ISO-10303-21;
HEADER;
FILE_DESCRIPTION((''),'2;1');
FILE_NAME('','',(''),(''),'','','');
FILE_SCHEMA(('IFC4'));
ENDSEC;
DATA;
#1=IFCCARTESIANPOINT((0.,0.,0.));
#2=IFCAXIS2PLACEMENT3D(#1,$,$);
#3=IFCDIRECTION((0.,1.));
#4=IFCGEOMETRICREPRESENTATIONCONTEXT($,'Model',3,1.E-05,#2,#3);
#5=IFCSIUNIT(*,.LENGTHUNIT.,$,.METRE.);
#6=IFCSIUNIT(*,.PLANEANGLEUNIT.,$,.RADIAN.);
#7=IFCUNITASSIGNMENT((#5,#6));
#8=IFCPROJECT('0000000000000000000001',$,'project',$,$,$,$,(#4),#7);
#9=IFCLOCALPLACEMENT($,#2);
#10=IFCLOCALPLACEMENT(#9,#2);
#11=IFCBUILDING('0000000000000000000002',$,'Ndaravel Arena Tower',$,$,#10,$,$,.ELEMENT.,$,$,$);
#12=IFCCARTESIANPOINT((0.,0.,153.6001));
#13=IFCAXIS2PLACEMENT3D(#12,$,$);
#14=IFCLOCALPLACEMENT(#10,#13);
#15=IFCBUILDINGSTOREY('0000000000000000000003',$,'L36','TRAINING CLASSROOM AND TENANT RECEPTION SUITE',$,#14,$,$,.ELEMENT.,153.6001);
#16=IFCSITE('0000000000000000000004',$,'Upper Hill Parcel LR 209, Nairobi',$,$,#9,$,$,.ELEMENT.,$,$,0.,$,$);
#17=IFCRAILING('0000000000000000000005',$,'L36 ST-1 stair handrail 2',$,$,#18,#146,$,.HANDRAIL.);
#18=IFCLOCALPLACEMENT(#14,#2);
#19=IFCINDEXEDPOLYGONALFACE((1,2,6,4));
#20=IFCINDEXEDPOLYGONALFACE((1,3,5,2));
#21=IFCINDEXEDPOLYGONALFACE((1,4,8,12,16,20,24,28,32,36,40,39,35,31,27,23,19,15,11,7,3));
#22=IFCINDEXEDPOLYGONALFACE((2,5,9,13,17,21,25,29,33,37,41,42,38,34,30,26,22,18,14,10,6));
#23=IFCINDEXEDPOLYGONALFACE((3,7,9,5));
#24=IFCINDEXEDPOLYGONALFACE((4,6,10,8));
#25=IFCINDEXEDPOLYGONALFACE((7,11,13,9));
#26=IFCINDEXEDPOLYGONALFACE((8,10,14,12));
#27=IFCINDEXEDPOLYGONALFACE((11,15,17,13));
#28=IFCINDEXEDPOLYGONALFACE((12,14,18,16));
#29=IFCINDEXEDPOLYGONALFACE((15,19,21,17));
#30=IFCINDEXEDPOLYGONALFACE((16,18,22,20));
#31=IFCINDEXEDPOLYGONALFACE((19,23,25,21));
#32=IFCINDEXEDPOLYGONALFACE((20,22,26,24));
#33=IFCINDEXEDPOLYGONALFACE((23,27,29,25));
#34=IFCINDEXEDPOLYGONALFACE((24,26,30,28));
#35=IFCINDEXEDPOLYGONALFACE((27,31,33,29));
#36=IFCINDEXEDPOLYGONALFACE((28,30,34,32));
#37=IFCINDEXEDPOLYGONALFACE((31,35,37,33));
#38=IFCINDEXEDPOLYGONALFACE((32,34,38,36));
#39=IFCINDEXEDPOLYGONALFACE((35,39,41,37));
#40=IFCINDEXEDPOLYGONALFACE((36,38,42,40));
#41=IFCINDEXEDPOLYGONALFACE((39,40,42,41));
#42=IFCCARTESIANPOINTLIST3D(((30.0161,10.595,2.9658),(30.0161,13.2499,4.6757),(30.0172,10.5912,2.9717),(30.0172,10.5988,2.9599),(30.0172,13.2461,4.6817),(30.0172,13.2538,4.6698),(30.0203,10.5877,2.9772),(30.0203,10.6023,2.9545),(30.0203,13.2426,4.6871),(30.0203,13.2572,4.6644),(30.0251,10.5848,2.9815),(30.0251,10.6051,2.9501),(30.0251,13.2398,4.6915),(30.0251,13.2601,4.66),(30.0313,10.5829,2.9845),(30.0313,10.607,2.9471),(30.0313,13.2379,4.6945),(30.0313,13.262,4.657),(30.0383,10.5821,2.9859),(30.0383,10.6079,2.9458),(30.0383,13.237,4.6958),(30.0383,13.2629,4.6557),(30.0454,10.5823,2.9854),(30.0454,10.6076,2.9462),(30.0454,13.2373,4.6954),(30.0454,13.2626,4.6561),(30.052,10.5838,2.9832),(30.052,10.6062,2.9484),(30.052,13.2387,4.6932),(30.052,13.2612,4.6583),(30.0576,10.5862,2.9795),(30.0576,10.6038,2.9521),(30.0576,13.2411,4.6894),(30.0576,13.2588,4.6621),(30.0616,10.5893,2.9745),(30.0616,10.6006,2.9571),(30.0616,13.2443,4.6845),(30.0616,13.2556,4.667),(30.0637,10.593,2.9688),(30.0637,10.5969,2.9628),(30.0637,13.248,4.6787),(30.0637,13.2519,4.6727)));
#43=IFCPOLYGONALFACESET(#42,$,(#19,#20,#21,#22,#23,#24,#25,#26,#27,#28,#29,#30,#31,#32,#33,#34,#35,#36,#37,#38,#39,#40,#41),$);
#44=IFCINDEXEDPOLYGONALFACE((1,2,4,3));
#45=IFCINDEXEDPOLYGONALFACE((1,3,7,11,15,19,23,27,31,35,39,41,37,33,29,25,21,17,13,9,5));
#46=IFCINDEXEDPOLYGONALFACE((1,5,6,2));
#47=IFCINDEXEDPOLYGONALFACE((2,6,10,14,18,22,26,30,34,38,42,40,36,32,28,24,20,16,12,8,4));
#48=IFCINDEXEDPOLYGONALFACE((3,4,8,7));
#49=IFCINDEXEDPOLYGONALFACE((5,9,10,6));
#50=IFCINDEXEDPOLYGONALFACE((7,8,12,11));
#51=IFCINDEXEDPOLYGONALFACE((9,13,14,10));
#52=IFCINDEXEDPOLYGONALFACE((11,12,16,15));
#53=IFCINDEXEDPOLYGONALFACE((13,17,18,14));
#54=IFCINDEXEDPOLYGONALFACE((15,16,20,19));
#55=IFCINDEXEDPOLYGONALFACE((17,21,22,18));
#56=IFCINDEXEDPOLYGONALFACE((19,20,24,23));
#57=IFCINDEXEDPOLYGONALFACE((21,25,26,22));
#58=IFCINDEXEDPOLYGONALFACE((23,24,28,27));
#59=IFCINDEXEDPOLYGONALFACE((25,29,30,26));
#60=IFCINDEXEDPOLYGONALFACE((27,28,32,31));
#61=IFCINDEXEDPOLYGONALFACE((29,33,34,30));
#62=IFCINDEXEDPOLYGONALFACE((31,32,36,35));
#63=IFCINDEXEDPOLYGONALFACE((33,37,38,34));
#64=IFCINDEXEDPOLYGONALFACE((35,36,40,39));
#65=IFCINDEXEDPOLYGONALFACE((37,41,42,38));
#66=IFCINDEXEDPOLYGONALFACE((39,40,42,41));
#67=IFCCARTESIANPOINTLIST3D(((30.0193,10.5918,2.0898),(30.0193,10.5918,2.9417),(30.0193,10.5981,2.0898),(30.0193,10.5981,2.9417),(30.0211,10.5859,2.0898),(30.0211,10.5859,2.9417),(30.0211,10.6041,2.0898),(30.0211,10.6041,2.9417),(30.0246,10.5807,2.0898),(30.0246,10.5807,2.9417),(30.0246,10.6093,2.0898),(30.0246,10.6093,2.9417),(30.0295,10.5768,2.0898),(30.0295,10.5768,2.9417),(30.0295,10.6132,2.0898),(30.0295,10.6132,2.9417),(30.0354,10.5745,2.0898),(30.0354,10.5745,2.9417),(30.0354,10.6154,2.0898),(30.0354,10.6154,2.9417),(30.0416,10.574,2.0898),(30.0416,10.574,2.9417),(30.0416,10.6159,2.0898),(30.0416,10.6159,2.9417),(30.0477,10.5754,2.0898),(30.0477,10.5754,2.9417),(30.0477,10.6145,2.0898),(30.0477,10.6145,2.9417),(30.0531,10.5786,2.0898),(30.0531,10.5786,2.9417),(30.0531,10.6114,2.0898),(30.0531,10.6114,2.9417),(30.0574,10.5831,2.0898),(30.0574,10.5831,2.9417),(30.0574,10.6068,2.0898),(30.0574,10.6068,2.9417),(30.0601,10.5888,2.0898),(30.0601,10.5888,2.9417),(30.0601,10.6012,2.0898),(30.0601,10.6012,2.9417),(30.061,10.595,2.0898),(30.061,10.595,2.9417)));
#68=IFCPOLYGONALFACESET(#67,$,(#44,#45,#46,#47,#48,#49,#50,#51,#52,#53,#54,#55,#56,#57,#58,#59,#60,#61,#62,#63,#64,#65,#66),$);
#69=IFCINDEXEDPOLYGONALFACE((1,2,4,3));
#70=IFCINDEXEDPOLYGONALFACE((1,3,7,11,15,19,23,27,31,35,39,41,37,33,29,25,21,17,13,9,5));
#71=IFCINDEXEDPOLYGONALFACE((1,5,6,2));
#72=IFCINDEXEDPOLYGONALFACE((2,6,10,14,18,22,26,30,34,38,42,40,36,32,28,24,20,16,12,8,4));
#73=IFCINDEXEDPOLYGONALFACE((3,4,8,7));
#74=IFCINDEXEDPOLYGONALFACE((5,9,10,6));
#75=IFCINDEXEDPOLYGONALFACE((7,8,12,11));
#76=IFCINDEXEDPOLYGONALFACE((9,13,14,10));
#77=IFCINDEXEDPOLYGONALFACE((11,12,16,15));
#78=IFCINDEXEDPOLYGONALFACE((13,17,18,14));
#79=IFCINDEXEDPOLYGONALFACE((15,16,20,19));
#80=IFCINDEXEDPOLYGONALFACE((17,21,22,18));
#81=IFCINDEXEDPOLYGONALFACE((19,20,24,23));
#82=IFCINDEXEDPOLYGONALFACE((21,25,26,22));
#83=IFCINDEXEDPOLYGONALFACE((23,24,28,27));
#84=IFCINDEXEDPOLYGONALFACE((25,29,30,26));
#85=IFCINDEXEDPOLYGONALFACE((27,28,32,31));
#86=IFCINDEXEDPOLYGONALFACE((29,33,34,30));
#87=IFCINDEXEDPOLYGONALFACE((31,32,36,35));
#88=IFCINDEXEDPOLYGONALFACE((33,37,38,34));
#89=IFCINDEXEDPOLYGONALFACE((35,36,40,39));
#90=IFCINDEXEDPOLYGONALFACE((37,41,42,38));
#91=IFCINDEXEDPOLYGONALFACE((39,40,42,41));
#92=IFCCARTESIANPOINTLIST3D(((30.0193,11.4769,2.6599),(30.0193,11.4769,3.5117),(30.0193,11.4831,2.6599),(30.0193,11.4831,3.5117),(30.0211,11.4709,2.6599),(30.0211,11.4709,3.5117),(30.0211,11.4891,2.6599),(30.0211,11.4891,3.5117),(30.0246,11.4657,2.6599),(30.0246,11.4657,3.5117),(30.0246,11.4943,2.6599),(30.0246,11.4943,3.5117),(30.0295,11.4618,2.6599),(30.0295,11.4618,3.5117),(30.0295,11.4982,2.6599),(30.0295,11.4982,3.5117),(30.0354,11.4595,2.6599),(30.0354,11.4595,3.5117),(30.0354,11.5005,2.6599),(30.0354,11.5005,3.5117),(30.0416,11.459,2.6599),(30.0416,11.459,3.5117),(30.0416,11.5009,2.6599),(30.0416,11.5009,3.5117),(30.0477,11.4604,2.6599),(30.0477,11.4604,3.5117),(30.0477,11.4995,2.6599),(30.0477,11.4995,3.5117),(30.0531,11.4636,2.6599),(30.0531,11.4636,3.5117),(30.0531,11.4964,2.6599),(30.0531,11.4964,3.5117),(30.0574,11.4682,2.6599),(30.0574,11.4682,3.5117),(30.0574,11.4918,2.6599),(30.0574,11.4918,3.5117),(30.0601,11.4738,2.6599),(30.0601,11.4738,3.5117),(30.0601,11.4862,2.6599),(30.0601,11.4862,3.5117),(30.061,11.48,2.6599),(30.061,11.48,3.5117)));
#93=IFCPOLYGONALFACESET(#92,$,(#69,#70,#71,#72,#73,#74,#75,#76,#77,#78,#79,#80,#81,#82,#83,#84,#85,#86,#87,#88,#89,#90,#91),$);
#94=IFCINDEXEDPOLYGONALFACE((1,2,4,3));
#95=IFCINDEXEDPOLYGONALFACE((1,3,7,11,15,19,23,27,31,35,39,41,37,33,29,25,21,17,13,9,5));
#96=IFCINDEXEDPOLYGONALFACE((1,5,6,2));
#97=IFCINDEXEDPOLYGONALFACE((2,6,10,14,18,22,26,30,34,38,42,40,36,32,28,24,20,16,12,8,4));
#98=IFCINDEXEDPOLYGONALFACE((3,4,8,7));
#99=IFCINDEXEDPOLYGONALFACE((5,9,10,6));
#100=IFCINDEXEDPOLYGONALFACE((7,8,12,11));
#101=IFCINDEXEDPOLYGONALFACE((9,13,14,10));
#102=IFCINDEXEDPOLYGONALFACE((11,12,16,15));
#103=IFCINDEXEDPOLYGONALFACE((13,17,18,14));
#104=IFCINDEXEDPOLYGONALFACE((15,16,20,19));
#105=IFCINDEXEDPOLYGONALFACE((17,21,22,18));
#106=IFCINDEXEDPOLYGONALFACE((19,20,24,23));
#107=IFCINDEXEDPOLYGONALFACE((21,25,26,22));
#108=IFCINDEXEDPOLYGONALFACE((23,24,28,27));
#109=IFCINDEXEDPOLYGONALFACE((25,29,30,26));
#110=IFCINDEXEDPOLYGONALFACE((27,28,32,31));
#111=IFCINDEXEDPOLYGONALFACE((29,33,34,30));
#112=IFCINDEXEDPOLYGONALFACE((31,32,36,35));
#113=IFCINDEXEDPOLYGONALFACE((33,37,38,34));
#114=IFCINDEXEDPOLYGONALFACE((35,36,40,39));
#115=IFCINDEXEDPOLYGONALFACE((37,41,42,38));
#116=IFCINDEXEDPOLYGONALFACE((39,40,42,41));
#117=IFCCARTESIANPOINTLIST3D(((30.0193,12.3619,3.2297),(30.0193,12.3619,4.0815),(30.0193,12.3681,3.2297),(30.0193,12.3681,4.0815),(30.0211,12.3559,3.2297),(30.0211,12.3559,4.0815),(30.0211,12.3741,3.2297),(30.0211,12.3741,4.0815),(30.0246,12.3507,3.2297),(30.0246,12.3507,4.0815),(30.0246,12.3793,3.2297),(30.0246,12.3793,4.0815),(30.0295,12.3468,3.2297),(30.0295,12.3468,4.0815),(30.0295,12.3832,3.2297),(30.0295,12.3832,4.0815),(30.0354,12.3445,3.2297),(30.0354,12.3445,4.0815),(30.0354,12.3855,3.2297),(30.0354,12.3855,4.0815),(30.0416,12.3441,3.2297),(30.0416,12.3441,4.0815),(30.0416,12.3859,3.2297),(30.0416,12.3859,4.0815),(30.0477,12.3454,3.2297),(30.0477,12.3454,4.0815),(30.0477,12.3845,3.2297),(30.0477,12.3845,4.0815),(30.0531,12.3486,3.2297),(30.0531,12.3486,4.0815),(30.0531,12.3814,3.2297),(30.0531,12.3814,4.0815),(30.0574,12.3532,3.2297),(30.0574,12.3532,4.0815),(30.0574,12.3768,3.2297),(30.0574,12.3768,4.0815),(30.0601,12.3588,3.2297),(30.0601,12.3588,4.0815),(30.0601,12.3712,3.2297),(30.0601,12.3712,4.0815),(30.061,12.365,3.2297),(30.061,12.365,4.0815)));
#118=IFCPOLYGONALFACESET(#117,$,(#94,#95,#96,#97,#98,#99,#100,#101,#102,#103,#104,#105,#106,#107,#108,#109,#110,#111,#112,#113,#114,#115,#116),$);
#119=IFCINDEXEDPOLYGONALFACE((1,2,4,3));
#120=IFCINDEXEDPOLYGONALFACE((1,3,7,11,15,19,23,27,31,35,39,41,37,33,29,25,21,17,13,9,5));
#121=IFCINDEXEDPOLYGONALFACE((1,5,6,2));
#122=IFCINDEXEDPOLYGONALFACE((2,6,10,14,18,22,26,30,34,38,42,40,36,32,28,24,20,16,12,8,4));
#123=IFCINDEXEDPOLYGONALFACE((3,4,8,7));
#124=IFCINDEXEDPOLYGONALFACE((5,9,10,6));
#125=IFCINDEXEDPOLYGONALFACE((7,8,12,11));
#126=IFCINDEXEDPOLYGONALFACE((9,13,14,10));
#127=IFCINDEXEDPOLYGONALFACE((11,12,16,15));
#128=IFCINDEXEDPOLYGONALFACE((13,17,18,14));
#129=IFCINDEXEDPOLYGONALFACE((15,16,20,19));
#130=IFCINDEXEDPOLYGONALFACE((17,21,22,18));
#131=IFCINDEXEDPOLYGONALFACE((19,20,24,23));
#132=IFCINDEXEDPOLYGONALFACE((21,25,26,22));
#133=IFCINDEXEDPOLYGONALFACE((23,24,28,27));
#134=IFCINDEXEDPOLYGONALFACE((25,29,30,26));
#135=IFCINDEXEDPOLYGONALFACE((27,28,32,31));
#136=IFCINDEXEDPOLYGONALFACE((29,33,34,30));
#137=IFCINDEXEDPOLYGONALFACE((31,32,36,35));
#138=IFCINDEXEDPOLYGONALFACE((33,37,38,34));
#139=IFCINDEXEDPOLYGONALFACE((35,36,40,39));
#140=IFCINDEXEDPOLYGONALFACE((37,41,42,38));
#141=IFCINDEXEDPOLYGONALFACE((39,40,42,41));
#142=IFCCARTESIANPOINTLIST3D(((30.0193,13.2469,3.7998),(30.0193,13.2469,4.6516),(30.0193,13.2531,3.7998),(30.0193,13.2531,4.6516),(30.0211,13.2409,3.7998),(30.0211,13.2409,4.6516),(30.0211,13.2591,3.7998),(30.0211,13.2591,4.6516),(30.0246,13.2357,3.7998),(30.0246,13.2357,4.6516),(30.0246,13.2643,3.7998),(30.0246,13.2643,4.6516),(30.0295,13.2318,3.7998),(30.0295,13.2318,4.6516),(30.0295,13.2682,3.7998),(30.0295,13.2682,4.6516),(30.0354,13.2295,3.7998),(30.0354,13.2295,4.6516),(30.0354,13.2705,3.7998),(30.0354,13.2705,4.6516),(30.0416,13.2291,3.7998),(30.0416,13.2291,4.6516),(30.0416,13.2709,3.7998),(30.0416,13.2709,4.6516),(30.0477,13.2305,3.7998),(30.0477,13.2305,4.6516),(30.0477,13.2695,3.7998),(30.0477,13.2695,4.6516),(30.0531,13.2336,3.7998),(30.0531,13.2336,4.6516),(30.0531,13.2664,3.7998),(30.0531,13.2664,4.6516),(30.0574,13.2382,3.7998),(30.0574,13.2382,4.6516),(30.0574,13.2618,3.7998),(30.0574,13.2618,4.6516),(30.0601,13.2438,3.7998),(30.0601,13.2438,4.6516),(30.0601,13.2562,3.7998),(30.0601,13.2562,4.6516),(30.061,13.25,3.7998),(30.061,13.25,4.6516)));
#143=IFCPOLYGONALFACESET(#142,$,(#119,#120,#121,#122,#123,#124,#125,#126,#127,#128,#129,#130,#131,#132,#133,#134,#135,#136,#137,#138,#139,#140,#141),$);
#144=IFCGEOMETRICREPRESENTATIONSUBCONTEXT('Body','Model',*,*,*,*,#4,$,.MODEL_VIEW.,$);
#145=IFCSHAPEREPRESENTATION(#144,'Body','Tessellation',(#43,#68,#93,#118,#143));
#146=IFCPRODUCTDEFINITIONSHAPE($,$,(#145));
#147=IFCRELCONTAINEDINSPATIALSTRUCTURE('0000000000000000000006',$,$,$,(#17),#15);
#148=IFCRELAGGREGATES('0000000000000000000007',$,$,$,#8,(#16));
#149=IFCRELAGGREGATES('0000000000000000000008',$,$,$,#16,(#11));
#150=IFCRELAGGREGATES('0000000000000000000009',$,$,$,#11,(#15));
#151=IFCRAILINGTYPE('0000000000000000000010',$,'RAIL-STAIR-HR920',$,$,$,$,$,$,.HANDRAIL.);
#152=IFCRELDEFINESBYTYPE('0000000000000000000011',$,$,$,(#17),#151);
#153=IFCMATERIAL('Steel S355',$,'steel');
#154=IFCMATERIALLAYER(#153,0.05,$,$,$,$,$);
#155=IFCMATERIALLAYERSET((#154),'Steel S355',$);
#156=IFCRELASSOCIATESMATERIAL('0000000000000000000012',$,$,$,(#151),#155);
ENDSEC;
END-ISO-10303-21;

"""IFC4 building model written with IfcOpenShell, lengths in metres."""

from ifc_helpers import new_model, si_unit, direction, frame, origin, origin_2d, place, context, subcontext, project, spatial, circle, extrude, material, layer, layer_set, type_object, element, save


model = new_model("IFC4")

# Units and contexts
model_context = context("Model", 3, precision=1e-05, world=origin(), true_north=direction((0.0, 1.0)))
body_context = subcontext(model_context, "Body", "Model", "MODEL_VIEW")
ifc_project = project(units=[si_unit("LENGTHUNIT", "METRE"), si_unit("PLANEANGLEUNIT", "RADIAN")], contexts=[model_context])

# Site, building, storey
site_placement = place(None, origin())
site = spatial("IfcSite", under=ifc_project, at=site_placement, Name="Upper Hill Parcel LR 209, Nairobi", CompositionType="ELEMENT", RefElevation=0.0)
building_placement = place(site_placement, origin())
building = spatial("IfcBuilding", under=site, at=building_placement, Name="Ndaravel Arena Tower", CompositionType="ELEMENT")
storey_placement = place(building_placement, frame((0.0, 0.0, 153.6001)))
storey = spatial("IfcBuildingStorey", under=building, at=storey_placement, Name="L36", Description="TRAINING CLASSROOM AND TENANT RECEPTION SUITE", CompositionType="ELEMENT", Elevation=153.6001)

# Railing
ifc_material_1 = material(Name="Steel S355", Category="steel")
ifc_layer_1 = layer(ifc_material_1, 0.05)
ifc_layer_set_1 = layer_set([ifc_layer_1], Name="Steel S355")
railing_type_1 = type_object("IfcRailingType", Name="RAIL-STAIR-HR920", PredefinedType="HANDRAIL", material=ifc_layer_set_1)
railing_1_placement = place(storey_placement, frame((30.04, 10.595, 2.0898)))
element("IfcRailing", 1, at=railing_1_placement, inside=storey, type_object=railing_type_1, Name="L36 ST-1 stair handrail 2", PredefinedType="HANDRAIL", context=body_context, shape_type="SweptSolid", body=[
    extrude(circle(Radius=0.0239, at=origin_2d()), frame((0.0, 0.0, 0.876), z_axis=(0.0, 0.840724, 0.541465), x_axis=(-1.0, 0.0, 0.0)), (0.0, 0.0, 1.0), 3.158),
    extrude(circle(Radius=0.021, at=origin_2d()), origin(), (0.0, 0.0, 1.0), 0.8518),
    extrude(circle(Radius=0.021, at=origin_2d()), frame((0.0, 0.885, 0.5701)), (0.0, 0.0, 1.0), 0.8518),
    extrude(circle(Radius=0.021, at=origin_2d()), frame((0.0, 1.77, 1.1399)), (0.0, 0.0, 1.0), 0.8518),
    extrude(circle(Radius=0.021, at=origin_2d()), frame((0.0, 2.655, 1.71)), (0.0, 0.0, 1.0), 0.8518),
])

save(model, "model.ifc")
